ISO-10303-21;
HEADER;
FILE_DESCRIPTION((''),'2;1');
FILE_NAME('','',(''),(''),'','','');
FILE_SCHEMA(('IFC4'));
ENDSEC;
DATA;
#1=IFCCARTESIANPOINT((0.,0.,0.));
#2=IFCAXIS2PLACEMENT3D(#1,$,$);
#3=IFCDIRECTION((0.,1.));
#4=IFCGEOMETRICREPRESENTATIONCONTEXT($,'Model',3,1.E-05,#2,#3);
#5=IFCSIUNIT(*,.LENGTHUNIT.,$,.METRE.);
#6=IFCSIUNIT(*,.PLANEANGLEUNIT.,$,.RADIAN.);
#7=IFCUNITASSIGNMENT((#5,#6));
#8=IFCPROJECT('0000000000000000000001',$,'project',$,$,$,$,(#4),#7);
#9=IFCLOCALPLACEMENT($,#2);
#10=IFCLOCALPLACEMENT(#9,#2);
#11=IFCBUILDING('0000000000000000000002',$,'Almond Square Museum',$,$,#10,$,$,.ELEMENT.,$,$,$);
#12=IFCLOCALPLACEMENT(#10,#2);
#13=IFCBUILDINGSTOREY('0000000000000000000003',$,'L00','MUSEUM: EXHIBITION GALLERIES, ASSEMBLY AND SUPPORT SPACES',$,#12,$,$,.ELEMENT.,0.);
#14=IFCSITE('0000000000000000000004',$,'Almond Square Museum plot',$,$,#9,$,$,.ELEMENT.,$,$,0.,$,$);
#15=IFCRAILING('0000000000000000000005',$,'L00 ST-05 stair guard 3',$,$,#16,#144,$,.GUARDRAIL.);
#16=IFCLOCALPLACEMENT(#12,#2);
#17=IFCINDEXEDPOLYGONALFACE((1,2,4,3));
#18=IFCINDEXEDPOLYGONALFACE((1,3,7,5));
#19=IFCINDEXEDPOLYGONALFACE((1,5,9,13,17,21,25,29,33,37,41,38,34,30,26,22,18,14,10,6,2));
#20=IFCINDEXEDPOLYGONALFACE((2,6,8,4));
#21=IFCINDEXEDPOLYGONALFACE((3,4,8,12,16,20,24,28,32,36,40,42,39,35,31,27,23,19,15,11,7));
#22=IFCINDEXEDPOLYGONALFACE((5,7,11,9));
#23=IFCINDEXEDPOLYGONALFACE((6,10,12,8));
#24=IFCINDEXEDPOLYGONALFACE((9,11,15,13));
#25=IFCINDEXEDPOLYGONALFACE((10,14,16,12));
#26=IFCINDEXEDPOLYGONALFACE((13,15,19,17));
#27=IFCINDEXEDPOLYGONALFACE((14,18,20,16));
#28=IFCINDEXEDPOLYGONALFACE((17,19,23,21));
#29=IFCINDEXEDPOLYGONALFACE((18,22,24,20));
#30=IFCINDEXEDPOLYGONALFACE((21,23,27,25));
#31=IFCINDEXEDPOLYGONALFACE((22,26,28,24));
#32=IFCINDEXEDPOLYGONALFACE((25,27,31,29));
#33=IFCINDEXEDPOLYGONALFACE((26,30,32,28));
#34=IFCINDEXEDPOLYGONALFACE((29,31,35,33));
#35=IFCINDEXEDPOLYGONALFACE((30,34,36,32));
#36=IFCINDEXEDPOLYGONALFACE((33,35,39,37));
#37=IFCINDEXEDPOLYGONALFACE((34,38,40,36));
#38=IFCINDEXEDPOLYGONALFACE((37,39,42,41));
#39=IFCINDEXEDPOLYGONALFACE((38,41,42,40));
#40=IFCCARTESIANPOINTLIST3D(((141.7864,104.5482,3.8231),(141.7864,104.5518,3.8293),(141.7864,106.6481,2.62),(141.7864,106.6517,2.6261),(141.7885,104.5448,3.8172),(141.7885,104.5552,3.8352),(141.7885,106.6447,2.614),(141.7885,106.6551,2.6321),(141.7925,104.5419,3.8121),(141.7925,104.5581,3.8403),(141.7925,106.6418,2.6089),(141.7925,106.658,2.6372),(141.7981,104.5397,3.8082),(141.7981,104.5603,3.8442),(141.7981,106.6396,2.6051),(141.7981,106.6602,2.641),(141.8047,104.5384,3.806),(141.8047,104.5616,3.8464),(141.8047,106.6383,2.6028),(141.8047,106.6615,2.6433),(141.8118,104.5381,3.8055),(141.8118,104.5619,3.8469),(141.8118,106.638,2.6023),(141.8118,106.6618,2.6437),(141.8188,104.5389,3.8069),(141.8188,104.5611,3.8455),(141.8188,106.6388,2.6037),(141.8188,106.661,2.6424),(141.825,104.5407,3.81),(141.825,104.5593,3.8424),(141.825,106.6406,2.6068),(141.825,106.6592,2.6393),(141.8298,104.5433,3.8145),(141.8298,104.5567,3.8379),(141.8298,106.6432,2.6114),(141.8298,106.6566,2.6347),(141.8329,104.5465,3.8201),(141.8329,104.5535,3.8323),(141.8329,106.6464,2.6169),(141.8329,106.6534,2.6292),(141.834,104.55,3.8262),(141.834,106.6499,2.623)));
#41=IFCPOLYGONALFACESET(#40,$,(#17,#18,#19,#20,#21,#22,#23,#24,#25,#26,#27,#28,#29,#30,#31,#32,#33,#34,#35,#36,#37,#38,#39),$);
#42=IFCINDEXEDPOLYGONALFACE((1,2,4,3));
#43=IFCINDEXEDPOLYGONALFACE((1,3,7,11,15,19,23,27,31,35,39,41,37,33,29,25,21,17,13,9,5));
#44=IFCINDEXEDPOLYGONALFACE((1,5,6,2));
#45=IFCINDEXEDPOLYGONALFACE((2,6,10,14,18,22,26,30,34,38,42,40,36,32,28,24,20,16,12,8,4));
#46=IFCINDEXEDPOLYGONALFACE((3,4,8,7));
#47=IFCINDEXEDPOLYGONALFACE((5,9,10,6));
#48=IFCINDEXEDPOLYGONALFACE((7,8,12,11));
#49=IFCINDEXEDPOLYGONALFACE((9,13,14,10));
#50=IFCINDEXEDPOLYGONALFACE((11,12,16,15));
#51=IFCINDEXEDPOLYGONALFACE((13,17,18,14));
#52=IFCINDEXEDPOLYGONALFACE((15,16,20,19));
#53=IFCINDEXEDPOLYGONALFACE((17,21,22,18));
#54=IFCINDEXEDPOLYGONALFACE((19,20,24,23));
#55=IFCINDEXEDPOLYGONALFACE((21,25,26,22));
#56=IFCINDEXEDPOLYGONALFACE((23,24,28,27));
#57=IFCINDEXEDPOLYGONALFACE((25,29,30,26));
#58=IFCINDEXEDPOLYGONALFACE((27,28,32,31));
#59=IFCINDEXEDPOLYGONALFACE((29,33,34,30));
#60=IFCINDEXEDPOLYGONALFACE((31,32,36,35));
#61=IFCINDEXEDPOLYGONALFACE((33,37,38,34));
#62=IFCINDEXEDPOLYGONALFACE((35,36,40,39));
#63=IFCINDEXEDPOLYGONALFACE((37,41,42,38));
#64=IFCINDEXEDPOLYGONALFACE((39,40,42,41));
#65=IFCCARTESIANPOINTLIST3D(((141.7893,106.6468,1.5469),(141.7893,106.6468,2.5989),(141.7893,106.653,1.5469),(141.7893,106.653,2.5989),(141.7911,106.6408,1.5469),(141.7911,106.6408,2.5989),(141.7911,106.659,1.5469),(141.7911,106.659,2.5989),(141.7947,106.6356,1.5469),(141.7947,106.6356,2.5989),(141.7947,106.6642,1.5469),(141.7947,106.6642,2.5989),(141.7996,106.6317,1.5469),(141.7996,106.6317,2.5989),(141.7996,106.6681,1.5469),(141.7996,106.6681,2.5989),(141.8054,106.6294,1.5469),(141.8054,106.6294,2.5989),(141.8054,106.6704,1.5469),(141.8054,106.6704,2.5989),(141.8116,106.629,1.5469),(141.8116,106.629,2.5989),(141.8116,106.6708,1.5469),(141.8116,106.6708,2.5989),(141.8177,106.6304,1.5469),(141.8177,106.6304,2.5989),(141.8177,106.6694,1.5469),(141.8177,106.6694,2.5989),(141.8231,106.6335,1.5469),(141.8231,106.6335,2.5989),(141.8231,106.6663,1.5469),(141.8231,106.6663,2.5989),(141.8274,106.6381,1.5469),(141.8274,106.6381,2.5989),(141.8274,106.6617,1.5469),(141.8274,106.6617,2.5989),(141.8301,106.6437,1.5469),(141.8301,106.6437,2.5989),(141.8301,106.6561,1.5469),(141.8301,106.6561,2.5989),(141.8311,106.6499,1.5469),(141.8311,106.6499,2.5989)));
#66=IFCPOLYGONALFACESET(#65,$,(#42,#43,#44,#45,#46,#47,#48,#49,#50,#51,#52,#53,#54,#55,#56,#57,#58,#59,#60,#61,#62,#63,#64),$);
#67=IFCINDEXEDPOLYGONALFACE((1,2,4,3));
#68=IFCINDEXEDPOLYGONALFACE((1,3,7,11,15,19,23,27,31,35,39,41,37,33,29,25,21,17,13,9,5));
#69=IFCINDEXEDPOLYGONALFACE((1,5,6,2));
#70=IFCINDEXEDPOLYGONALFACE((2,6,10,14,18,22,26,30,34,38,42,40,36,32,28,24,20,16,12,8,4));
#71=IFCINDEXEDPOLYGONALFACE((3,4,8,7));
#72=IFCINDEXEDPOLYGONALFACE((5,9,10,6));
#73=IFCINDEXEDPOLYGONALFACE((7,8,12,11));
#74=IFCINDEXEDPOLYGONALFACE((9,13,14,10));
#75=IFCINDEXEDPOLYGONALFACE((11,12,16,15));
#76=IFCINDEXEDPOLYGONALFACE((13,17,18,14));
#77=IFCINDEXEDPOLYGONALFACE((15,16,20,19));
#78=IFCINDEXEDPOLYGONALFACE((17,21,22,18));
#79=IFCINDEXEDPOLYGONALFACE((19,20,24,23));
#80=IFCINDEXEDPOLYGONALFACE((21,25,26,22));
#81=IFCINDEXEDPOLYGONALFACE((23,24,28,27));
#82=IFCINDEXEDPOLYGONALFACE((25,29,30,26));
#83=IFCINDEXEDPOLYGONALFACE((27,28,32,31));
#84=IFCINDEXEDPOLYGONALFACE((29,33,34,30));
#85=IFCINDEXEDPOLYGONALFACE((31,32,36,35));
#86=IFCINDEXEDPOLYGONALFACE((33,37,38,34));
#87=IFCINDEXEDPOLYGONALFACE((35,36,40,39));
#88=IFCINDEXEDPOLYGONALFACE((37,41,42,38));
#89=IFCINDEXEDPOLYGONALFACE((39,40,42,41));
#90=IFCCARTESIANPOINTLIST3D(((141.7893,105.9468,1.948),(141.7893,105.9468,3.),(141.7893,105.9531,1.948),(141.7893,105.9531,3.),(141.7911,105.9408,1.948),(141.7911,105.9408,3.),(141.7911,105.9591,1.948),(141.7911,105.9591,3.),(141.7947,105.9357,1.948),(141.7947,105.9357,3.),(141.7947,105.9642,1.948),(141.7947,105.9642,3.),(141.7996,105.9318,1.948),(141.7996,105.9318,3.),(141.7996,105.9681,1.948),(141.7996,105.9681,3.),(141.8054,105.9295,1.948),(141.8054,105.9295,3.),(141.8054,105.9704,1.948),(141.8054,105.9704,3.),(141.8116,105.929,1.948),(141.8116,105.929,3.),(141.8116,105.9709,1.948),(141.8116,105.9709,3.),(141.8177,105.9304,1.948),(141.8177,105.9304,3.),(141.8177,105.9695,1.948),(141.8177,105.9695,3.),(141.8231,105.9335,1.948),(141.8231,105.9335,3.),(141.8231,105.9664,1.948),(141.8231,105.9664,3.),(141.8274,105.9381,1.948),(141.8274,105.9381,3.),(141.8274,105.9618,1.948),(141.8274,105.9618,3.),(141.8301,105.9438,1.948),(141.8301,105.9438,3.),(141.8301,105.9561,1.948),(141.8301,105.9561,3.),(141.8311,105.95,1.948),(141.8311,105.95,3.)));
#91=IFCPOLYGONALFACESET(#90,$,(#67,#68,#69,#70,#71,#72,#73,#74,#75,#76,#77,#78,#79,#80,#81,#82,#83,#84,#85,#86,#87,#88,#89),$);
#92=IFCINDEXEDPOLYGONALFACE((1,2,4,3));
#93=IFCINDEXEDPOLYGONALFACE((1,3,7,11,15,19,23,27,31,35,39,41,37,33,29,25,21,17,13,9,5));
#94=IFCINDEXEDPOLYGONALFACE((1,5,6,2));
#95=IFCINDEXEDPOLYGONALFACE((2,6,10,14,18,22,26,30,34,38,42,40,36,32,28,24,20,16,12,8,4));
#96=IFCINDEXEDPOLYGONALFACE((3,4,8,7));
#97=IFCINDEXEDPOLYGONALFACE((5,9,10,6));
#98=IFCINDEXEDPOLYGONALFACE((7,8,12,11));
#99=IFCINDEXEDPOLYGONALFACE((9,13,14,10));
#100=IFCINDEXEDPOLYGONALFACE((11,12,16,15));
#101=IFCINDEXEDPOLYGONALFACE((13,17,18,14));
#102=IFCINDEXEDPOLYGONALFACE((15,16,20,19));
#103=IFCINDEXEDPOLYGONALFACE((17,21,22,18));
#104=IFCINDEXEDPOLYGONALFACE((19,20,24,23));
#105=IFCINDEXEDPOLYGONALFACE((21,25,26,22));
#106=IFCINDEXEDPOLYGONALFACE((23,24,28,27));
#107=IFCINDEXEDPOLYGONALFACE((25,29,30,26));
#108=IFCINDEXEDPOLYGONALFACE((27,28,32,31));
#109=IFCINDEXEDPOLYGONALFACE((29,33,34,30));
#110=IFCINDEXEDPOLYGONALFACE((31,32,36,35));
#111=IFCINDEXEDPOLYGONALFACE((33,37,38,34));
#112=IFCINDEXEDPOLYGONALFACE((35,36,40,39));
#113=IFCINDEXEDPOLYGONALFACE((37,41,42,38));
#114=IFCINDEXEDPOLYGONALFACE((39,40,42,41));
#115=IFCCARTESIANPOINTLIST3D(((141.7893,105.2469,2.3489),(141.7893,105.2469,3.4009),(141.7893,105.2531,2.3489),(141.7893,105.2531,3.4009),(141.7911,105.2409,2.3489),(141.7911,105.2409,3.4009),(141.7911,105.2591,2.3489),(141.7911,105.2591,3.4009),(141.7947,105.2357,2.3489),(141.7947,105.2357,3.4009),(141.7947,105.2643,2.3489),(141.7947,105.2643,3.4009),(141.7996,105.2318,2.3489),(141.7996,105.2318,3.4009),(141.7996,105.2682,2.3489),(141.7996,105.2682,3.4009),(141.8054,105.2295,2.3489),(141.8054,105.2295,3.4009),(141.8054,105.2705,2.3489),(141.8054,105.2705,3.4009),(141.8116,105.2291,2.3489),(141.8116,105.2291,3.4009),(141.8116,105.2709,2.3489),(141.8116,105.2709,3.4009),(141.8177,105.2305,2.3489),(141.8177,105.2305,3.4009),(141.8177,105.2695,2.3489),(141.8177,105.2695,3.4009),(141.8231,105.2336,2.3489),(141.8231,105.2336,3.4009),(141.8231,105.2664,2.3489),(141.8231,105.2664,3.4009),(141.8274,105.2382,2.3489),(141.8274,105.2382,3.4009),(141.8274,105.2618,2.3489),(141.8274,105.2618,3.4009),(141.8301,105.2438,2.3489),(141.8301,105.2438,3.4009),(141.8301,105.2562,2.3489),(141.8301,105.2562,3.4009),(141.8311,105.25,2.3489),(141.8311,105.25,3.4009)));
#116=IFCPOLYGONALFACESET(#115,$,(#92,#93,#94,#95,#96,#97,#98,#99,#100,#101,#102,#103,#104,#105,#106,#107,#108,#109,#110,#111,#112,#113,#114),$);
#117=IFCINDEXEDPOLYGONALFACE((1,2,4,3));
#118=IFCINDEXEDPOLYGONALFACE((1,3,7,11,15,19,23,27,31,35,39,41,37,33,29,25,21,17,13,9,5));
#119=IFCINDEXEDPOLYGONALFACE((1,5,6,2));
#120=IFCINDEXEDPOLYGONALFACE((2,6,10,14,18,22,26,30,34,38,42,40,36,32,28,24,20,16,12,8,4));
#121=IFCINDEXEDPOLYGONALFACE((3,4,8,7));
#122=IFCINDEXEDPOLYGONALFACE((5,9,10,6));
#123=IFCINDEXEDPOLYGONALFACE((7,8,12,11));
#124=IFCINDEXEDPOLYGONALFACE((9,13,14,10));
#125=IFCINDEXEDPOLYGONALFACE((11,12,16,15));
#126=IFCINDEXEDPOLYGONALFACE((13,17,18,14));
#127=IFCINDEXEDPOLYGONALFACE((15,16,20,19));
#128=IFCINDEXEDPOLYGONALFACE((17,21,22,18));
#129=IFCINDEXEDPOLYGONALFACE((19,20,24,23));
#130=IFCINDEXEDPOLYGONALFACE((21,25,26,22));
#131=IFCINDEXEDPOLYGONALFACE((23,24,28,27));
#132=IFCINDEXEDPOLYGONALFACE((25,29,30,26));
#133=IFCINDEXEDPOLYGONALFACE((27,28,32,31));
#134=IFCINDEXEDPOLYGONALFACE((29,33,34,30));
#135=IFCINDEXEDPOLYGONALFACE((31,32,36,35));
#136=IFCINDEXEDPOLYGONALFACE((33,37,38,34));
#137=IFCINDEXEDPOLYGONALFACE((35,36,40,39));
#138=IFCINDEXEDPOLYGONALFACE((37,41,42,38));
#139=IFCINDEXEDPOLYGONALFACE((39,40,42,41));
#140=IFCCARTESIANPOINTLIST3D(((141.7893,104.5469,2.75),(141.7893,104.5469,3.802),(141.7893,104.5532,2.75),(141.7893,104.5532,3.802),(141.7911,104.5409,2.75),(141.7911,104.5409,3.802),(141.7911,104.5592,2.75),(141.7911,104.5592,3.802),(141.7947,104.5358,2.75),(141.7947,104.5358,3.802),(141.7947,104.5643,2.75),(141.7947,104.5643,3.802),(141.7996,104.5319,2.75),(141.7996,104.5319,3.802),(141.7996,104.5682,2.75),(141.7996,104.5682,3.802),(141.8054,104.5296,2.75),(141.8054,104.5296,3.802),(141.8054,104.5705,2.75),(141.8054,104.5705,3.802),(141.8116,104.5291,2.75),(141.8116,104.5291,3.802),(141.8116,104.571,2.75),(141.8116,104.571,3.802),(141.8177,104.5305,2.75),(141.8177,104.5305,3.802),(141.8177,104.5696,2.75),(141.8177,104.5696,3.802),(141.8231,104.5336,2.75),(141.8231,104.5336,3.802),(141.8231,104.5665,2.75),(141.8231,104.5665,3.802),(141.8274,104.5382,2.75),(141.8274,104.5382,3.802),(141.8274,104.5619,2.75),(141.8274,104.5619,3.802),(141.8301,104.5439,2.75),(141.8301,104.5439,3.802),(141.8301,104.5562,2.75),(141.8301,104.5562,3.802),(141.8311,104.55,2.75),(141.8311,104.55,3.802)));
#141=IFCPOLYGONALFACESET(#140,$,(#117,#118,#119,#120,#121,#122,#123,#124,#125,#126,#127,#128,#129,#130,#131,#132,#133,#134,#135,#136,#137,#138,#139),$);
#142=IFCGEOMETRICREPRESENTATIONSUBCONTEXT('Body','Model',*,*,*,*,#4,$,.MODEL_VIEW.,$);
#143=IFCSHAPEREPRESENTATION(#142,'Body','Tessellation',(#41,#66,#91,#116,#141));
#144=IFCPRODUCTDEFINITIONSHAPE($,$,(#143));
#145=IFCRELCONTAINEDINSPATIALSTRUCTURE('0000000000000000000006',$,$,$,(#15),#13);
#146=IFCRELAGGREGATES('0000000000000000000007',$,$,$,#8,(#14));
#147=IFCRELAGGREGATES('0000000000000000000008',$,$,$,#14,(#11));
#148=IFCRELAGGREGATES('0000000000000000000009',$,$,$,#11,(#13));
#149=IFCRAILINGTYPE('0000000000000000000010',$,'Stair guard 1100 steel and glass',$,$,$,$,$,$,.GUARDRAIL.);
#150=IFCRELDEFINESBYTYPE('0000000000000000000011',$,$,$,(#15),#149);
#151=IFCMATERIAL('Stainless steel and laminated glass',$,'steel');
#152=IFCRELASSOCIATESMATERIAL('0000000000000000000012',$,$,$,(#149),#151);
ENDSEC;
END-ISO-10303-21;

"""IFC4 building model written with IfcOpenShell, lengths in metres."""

from ifc_helpers import new_model, si_unit, direction, frame, origin, origin_2d, place, context, subcontext, project, spatial, circle, extrude, material, type_object, element, save


model = new_model("IFC4")

# Units and contexts
model_context = context("Model", 3, precision=1e-05, world=origin(), true_north=direction((0.0, 1.0)))
body_context = subcontext(model_context, "Body", "Model", "MODEL_VIEW")
ifc_project = project(units=[si_unit("LENGTHUNIT", "METRE"), si_unit("PLANEANGLEUNIT", "RADIAN")], contexts=[model_context])

# Site, building, storey
site_placement = place(None, origin())
site = spatial("IfcSite", under=ifc_project, at=site_placement, Name="Almond Square Museum plot", CompositionType="ELEMENT", RefElevation=0.0)
building_placement = place(site_placement, origin())
building = spatial("IfcBuilding", under=site, at=building_placement, Name="Almond Square Museum", CompositionType="ELEMENT")
storey_placement = place(building_placement, origin())
storey = spatial("IfcBuildingStorey", under=building, at=storey_placement, Name="L00", Description="MUSEUM: EXHIBITION GALLERIES, ASSEMBLY AND SUPPORT SPACES", CompositionType="ELEMENT", Elevation=0.0)

# Railing
ifc_material_1 = material(Name="Stainless steel and laminated glass", Category="steel")
railing_type_1 = type_object("IfcRailingType", Name="Stair guard 1100 steel and glass", PredefinedType="GUARDRAIL", material=ifc_material_1)
railing_1_placement = place(storey_placement, frame((141.8101, 106.6499, 1.5469)))
element("IfcRailing", 1, at=railing_1_placement, inside=storey, type_object=railing_type_1, Name="L00 ST-05 stair guard 3", PredefinedType="GUARDRAIL", context=body_context, shape_type="SweptSolid", body=[
    extrude(circle(Radius=0.0239, at=origin_2d()), frame((0.0, 0.0, 1.0762), z_axis=(0.0, -0.867671, 0.497138), x_axis=(1.0, 0.0, 0.0)), (0.0, 0.0, 1.0), 2.4202),
    extrude(circle(Radius=0.021, at=origin_2d()), origin(), (0.0, 0.0, 1.0), 1.052),
    extrude(circle(Radius=0.021, at=origin_2d()), frame((0.0, -0.7, 0.4011)), (0.0, 0.0, 1.0), 1.052),
    extrude(circle(Radius=0.021, at=origin_2d()), frame((0.0, -1.3999, 0.802)), (0.0, 0.0, 1.0), 1.052),
    extrude(circle(Radius=0.021, at=origin_2d()), frame((0.0, -2.0999, 1.2031)), (0.0, 0.0, 1.0), 1.052),
])

save(model, "model.ifc")
